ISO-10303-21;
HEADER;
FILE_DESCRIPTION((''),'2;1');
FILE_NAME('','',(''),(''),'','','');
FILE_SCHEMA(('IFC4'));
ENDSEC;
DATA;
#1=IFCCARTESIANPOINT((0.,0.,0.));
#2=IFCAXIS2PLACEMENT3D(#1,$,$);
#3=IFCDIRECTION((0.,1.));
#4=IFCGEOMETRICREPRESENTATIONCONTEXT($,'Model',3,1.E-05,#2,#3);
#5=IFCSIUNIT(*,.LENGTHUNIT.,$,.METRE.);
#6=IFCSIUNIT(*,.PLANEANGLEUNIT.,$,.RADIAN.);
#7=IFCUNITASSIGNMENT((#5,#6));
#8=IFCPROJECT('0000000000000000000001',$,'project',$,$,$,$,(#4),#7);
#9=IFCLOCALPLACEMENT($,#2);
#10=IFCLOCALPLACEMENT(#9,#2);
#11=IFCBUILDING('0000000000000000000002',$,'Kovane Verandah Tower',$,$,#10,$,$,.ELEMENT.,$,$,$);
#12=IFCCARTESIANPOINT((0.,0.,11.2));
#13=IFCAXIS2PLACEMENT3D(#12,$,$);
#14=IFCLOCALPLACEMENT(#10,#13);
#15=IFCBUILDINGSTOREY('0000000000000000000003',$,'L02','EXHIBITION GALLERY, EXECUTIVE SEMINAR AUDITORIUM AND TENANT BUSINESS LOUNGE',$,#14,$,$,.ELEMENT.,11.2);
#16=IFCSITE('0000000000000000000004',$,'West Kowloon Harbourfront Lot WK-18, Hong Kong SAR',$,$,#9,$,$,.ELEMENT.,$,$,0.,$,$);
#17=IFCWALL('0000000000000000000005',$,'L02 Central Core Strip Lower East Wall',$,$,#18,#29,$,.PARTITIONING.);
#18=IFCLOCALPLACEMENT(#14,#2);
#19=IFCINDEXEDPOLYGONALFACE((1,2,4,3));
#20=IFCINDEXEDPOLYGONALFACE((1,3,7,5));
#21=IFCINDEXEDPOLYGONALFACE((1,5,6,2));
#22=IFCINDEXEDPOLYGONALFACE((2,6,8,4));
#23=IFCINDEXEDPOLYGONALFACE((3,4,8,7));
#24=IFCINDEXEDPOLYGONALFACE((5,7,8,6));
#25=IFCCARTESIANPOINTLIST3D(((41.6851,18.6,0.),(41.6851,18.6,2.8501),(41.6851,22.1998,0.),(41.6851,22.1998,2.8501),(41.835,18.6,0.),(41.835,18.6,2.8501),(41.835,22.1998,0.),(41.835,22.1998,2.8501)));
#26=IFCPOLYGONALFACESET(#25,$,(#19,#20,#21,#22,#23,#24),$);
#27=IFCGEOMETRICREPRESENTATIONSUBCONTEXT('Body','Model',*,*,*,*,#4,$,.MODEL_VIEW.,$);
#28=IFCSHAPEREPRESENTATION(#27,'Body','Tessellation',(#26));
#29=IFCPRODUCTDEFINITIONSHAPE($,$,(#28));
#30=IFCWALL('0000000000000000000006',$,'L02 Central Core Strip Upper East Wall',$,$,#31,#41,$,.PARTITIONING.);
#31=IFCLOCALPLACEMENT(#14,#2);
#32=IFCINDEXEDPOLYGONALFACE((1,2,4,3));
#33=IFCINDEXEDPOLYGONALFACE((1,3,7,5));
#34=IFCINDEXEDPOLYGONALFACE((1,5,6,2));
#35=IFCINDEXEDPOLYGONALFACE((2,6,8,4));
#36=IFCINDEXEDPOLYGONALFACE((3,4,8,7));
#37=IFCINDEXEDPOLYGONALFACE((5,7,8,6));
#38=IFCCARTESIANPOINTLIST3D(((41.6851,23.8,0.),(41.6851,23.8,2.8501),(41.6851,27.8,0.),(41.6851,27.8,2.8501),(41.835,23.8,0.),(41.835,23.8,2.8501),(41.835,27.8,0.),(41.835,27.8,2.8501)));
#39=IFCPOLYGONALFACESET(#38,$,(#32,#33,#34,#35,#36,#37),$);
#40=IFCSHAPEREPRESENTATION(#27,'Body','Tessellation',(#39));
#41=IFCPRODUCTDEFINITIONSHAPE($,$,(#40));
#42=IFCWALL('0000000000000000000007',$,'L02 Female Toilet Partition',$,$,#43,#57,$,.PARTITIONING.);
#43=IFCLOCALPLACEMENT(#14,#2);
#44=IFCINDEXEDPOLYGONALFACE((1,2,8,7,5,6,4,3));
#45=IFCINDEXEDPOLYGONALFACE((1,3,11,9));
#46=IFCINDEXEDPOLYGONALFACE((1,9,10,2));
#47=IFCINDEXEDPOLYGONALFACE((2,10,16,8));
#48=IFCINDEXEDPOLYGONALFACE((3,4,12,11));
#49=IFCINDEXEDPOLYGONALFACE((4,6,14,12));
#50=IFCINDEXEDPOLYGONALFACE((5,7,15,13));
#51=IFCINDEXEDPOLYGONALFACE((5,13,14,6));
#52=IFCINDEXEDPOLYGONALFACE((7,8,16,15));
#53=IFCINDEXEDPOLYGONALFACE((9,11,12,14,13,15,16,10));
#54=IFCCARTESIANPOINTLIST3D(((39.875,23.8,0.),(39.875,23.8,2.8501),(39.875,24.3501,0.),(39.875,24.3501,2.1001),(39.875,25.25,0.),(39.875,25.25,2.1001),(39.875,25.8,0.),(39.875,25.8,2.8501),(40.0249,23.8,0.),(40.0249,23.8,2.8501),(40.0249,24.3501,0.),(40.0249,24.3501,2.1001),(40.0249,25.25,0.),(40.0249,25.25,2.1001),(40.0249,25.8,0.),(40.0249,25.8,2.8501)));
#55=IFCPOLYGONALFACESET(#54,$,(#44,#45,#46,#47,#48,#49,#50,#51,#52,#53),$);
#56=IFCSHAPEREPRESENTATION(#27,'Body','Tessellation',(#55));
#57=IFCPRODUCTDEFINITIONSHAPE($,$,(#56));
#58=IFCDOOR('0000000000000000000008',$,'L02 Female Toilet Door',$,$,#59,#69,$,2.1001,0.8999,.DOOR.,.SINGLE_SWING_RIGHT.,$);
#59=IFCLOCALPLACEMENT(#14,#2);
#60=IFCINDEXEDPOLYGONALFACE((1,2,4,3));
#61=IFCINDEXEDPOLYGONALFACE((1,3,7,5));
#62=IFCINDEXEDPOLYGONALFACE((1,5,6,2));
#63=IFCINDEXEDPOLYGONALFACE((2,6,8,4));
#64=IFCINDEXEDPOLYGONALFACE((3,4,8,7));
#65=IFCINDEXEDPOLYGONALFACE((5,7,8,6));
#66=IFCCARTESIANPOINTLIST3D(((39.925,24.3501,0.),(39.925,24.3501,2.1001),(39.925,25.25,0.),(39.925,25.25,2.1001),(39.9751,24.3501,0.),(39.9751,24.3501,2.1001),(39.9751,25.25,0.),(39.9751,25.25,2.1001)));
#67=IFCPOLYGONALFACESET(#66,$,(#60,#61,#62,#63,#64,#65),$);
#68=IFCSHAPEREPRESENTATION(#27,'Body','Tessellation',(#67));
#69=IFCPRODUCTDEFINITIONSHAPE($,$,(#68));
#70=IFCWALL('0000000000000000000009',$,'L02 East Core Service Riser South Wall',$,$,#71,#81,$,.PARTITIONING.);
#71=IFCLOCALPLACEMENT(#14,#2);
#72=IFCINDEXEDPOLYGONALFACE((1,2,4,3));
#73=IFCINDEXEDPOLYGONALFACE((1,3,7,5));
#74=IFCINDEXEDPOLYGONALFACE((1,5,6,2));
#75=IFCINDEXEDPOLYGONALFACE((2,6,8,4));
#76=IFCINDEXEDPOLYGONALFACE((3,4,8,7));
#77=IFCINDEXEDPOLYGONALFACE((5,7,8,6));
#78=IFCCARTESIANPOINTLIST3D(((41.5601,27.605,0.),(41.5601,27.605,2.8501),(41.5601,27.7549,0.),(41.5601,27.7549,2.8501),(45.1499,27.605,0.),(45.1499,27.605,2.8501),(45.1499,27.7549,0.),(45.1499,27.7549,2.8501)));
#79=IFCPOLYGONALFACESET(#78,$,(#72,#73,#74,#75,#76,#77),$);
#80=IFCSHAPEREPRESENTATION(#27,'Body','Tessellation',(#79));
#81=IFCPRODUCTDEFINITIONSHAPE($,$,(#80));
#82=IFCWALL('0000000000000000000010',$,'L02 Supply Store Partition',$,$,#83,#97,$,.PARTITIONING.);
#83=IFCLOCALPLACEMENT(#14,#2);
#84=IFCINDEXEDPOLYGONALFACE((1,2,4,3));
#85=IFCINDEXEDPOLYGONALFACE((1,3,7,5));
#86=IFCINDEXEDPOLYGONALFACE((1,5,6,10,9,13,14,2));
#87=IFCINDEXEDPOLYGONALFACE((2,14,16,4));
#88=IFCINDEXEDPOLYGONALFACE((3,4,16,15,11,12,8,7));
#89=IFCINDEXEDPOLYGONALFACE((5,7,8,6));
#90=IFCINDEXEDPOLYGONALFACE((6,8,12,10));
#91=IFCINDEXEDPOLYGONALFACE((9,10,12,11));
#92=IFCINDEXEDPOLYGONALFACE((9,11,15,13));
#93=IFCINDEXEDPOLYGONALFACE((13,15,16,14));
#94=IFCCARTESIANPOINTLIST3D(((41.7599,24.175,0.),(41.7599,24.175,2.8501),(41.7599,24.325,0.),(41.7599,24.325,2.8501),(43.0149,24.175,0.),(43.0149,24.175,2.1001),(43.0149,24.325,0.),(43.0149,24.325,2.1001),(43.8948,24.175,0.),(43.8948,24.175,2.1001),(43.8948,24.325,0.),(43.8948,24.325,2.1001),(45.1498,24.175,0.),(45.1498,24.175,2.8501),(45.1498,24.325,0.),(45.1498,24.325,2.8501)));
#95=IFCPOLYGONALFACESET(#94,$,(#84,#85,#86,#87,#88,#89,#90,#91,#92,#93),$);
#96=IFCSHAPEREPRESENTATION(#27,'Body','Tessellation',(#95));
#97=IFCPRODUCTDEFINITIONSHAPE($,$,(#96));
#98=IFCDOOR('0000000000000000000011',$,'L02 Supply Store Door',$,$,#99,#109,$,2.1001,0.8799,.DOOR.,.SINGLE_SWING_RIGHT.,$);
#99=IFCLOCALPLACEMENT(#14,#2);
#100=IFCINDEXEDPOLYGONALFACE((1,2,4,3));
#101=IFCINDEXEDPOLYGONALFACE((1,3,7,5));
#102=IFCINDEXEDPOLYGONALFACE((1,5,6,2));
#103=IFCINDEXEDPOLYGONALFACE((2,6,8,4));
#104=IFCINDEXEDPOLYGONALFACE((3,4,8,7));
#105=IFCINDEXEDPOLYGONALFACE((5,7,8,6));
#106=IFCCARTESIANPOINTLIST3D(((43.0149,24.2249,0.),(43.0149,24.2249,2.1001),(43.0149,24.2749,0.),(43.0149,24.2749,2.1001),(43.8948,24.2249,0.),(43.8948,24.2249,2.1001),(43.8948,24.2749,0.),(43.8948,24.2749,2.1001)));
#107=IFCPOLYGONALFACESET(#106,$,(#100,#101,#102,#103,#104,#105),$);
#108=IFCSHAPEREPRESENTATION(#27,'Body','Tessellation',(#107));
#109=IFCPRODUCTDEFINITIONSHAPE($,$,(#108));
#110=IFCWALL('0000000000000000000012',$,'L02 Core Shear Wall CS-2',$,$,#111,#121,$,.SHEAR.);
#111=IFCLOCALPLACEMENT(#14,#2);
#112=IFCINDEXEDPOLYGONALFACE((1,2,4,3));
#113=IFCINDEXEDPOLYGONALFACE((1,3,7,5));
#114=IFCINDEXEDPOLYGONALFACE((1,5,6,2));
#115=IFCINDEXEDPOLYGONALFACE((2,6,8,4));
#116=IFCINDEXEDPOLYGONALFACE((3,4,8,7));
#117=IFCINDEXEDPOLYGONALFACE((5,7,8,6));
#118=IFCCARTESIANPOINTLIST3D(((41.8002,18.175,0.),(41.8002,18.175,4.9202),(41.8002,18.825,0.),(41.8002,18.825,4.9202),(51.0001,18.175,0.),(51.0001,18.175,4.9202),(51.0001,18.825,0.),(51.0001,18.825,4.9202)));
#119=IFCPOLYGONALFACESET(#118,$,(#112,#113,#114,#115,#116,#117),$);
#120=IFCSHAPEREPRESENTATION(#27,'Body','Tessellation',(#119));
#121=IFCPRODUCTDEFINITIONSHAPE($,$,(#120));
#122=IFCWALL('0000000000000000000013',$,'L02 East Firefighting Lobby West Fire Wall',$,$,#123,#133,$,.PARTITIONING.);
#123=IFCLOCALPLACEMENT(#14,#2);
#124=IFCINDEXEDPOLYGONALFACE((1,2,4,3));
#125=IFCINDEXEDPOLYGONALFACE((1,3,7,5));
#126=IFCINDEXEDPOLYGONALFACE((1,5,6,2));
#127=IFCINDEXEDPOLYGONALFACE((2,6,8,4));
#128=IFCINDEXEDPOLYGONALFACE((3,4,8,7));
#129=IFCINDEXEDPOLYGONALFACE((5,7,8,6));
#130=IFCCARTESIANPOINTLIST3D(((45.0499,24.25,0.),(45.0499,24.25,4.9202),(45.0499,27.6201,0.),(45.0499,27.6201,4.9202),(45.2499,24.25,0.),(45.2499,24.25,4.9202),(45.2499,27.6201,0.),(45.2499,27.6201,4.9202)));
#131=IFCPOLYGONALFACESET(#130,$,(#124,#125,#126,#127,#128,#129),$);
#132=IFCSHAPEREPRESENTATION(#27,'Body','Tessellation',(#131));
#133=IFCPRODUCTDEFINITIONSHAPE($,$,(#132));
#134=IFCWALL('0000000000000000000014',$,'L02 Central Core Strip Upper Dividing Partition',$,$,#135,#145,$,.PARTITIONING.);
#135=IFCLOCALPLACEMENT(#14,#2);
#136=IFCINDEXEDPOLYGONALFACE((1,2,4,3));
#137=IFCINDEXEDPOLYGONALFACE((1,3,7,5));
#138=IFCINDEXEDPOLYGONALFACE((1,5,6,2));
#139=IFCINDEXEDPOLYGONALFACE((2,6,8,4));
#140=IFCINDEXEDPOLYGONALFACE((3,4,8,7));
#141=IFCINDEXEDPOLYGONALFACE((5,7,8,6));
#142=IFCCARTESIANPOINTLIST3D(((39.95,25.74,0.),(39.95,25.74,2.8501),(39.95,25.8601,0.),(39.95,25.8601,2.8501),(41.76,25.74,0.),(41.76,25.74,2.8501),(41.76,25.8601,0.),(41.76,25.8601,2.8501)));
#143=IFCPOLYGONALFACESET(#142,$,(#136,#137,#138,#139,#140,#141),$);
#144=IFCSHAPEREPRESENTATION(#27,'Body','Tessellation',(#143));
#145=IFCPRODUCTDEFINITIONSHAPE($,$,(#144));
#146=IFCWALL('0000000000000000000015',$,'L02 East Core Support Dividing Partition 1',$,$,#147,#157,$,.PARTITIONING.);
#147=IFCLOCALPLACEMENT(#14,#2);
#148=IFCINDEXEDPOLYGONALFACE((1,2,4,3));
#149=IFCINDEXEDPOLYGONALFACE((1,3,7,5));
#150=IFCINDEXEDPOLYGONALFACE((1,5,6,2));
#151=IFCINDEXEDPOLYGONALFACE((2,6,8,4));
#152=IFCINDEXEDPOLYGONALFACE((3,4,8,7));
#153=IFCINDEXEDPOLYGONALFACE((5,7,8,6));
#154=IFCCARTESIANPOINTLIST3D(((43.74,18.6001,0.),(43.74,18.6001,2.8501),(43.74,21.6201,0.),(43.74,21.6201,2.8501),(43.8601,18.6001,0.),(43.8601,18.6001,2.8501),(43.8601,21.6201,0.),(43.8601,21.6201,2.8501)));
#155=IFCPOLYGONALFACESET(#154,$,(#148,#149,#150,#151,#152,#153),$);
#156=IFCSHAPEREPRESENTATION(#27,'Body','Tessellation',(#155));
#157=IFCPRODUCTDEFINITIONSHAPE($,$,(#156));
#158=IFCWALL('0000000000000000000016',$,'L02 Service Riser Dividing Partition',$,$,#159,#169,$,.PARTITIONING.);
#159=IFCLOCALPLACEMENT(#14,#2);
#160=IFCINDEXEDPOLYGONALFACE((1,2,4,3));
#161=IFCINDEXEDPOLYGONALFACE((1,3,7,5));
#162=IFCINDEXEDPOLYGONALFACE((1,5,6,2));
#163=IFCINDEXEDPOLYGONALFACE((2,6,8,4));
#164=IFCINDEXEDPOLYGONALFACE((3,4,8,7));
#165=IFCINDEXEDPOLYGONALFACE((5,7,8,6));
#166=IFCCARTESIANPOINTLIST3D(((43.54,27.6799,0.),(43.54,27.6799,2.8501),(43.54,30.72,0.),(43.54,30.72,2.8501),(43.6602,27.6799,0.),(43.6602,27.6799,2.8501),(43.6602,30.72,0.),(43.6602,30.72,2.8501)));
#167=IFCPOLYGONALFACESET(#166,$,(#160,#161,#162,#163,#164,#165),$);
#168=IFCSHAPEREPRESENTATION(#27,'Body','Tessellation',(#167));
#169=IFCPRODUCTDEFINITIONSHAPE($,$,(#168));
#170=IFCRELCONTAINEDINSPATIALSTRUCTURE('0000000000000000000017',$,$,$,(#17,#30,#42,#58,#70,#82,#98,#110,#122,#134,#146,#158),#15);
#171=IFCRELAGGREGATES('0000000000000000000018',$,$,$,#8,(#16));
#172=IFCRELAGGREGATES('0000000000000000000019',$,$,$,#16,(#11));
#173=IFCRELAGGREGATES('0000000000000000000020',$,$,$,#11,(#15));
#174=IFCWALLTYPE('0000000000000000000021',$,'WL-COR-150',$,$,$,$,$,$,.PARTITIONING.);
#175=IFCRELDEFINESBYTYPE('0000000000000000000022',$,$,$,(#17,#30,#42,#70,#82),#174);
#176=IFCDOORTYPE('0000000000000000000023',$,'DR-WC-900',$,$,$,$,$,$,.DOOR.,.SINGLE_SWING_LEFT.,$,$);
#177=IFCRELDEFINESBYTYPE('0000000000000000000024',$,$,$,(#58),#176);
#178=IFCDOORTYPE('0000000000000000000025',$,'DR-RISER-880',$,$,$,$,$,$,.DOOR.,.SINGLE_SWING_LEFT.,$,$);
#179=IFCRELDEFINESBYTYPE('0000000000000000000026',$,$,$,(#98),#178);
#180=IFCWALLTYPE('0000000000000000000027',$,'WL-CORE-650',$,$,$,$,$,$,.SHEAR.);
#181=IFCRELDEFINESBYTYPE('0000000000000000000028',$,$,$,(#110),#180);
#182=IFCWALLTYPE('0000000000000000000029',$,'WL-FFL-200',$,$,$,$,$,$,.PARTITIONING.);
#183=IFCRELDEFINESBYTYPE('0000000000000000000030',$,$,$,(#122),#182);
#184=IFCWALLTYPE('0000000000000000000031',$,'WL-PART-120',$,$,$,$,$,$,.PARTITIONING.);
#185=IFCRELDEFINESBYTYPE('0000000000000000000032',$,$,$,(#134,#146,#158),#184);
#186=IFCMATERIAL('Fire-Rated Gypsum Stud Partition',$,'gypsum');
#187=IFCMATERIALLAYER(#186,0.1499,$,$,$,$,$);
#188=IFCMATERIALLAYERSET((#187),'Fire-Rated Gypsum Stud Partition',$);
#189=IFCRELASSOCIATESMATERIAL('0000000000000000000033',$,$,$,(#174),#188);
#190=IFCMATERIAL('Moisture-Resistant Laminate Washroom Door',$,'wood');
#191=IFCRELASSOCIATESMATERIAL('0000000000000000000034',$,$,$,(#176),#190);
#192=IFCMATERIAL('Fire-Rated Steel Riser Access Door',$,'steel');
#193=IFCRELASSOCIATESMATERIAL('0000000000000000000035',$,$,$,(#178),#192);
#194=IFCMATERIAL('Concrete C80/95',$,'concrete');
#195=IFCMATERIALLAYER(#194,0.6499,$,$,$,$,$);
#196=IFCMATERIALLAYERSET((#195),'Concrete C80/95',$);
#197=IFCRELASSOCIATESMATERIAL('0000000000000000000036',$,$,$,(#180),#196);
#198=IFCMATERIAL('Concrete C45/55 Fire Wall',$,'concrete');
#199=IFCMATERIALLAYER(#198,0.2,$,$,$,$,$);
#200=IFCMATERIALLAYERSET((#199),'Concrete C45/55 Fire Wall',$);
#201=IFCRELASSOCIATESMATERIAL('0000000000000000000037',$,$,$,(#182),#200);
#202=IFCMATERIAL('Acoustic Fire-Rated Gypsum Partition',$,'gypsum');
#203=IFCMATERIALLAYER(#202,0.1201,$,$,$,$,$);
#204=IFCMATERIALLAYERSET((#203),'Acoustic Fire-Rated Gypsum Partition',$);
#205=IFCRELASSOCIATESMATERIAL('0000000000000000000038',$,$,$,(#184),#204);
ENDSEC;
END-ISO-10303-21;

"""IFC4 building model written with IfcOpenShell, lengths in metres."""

from ifc_helpers import new_model, si_unit, direction, frame, frame_2d, origin, place, context, subcontext, project, spatial, rectangle, extrude, material, layer, layer_set, type_object, element, fill, save


model = new_model("IFC4")

# Units and contexts
model_context = context("Model", 3, precision=1e-05, world=origin(), true_north=direction((0.0, 1.0)))
body_context = subcontext(model_context, "Body", "Model", "MODEL_VIEW")
ifc_project = project(units=[si_unit("LENGTHUNIT", "METRE"), si_unit("PLANEANGLEUNIT", "RADIAN")], contexts=[model_context])

# Site, building, storey
site_placement = place(None, origin())
site = spatial("IfcSite", under=ifc_project, at=site_placement, Name="West Kowloon Harbourfront Lot WK-18, Hong Kong SAR", CompositionType="ELEMENT", RefElevation=0.0)
building_placement = place(site_placement, origin())
building = spatial("IfcBuilding", under=site, at=building_placement, Name="Kovane Verandah Tower", CompositionType="ELEMENT")
storey_placement = place(building_placement, frame((0.0, 0.0, 11.2)))
storey = spatial("IfcBuildingStorey", under=building, at=storey_placement, Name="L02", Description="EXHIBITION GALLERY, EXECUTIVE SEMINAR AUDITORIUM AND TENANT BUSINESS LOUNGE", CompositionType="ELEMENT", Elevation=11.2)

# Walls
ifc_material_1 = material(Name="Fire-Rated Gypsum Stud Partition", Category="gypsum")
ifc_layer_1 = layer(ifc_material_1, 0.1499)
ifc_layer_set_1 = layer_set([ifc_layer_1], Name="Fire-Rated Gypsum Stud Partition")
wall_type_1 = type_object("IfcWallType", Name="WL-COR-150", PredefinedType="PARTITIONING", material=ifc_layer_set_1)
wall_1_placement = place(storey_placement, frame((41.76, 18.6001, 0.0), z_axis=(0.0, 0.0, 1.0), x_axis=(0.0, 1.0, 0.0)))
element("IfcWall", 1, at=wall_1_placement, inside=storey, type_object=wall_type_1, Name="L02 Central Core Strip Lower East Wall", PredefinedType="PARTITIONING", context=body_context, shape_type="SweptSolid", body=[
    extrude(rectangle(XDim=3.5999, YDim=0.1499, at=frame_2d((1.7998, 0.0))), origin(), (0.0, 0.0, 1.0), 2.8501),
])
wall_2_placement = place(storey_placement, frame((41.76, 23.8, 0.0), z_axis=(0.0, 0.0, 1.0), x_axis=(0.0, 1.0, 0.0)))
element("IfcWall", 2, at=wall_2_placement, inside=storey, type_object=wall_type_1, Name="L02 Central Core Strip Upper East Wall", PredefinedType="PARTITIONING", context=body_context, shape_type="SweptSolid", body=[
    extrude(rectangle(XDim=4.0, YDim=0.1499, at=frame_2d((2.0, 0.0))), origin(), (0.0, 0.0, 1.0), 2.8501),
])

# Wall, opening, door
wall_3_placement = place(storey_placement, frame((39.95, 23.8, 0.0), z_axis=(0.0, 0.0, 1.0), x_axis=(0.0, 1.0, 0.0)))
wall_3 = element("IfcWall", 3, at=wall_3_placement, inside=storey, type_object=wall_type_1, Name="L02 Female Toilet Partition", PredefinedType="PARTITIONING", context=body_context, shape_type="SweptSolid", body=[
    extrude(rectangle(XDim=2.0, YDim=0.1499, at=frame_2d((1.0, 0.0))), origin(), (0.0, 0.0, 1.0), 2.8501),
])
opening_1_placement = place(wall_3_placement, frame((0.55, 0.0, 0.0)))
opening_1 = element("IfcOpeningElement", 4, at=opening_1_placement, cuts=wall_3, PredefinedType="OPENING", context=body_context, shape_type="SweptSolid", body=[
    extrude(rectangle(XDim=0.8999, YDim=2.1001, at=frame_2d((0.45, 1.05))), frame((0.0, 0.075, 0.0), z_axis=(0.0, -1.0, 0.0), x_axis=(1.0, 0.0, 0.0)), (0.0, 0.0, 1.0), 0.1499),
])
ifc_material_2 = material(Name="Moisture-Resistant Laminate Washroom Door", Category="wood")
door_type_1 = type_object("IfcDoorType", Name="DR-WC-900", OperationType="SINGLE_SWING_LEFT", PredefinedType="DOOR", material=ifc_material_2)
door_1_placement = place(opening_1_placement, origin())
door_1 = element("IfcDoor", 5, at=door_1_placement, inside=storey, type_object=door_type_1, Name="L02 Female Toilet Door", OperationType="SINGLE_SWING_RIGHT", OverallHeight=2.1001, OverallWidth=0.8999, PredefinedType="DOOR", context=body_context, shape_type="SweptSolid", body=[
    extrude(rectangle(XDim=0.8999, YDim=2.1001, at=frame_2d((0.45, 1.05))), frame((0.0, 0.0249, 0.0), z_axis=(0.0, -1.0, 0.0), x_axis=(1.0, 0.0, 0.0)), (0.0, 0.0, 1.0), 0.05),
])
fill(opening_1, door_1)

# Wall
wall_4_placement = place(storey_placement, frame((41.5601, 27.6799, 0.0), z_axis=(0.0, 0.0, 1.0), x_axis=(1.0, 0.0, 0.0)))
element("IfcWall", 6, at=wall_4_placement, inside=storey, type_object=wall_type_1, Name="L02 East Core Service Riser South Wall", PredefinedType="PARTITIONING", context=body_context, shape_type="SweptSolid", body=[
    extrude(rectangle(XDim=3.5898, YDim=0.1499, at=frame_2d((1.7949, 0.0))), origin(), (0.0, 0.0, 1.0), 2.8501),
])

# Wall, opening, door
wall_5_placement = place(storey_placement, frame((41.76, 24.25, 0.0), z_axis=(0.0, 0.0, 1.0), x_axis=(1.0, 0.0, 0.0)))
wall_5 = element("IfcWall", 7, at=wall_5_placement, inside=storey, type_object=wall_type_1, Name="L02 Supply Store Partition", PredefinedType="PARTITIONING", context=body_context, shape_type="SweptSolid", body=[
    extrude(rectangle(XDim=3.3899, YDim=0.1499, at=frame_2d((1.6948, 0.0))), origin(), (0.0, 0.0, 1.0), 2.8501),
])
opening_2_placement = place(wall_5_placement, frame((1.2549, 0.0, 0.0)))
opening_2 = element("IfcOpeningElement", 8, at=opening_2_placement, cuts=wall_5, PredefinedType="OPENING", context=body_context, shape_type="SweptSolid", body=[
    extrude(rectangle(XDim=0.8799, YDim=2.1001, at=frame_2d((0.4399, 1.05))), frame((0.0, 0.075, 0.0), z_axis=(0.0, -1.0, 0.0), x_axis=(1.0, 0.0, 0.0)), (0.0, 0.0, 1.0), 0.1499),
])
ifc_material_3 = material(Name="Fire-Rated Steel Riser Access Door", Category="steel")
door_type_2 = type_object("IfcDoorType", Name="DR-RISER-880", OperationType="SINGLE_SWING_LEFT", PredefinedType="DOOR", material=ifc_material_3)
door_2_placement = place(opening_2_placement, origin())
door_2 = element("IfcDoor", 9, at=door_2_placement, inside=storey, type_object=door_type_2, Name="L02 Supply Store Door", OperationType="SINGLE_SWING_RIGHT", OverallHeight=2.1001, OverallWidth=0.8799, PredefinedType="DOOR", context=body_context, shape_type="SweptSolid", body=[
    extrude(rectangle(XDim=0.8799, YDim=2.1001, at=frame_2d((0.4399, 1.05))), frame((0.0, 0.0249, 0.0), z_axis=(0.0, -1.0, 0.0), x_axis=(1.0, 0.0, 0.0)), (0.0, 0.0, 1.0), 0.05),
])
fill(opening_2, door_2)

# Walls
ifc_material_4 = material(Name="Concrete C80/95", Category="concrete")
ifc_layer_2 = layer(ifc_material_4, 0.6499)
ifc_layer_set_2 = layer_set([ifc_layer_2], Name="Concrete C80/95")
wall_type_2 = type_object("IfcWallType", Name="WL-CORE-650", PredefinedType="SHEAR", material=ifc_layer_set_2)
wall_6_placement = place(storey_placement, frame((41.8, 18.5, 0.0), z_axis=(0.0, 0.0, 1.0), x_axis=(1.0, 0.0, 0.0)))
element("IfcWall", 10, at=wall_6_placement, inside=storey, type_object=wall_type_2, Name="L02 Core Shear Wall CS-2", PredefinedType="SHEAR", context=body_context, shape_type="SweptSolid", body=[
    extrude(rectangle(XDim=9.2, YDim=0.6499, at=frame_2d((4.6001, 0.0))), origin(), (0.0, 0.0, 1.0), 4.9202),
])
ifc_material_5 = material(Name="Concrete C45/55 Fire Wall", Category="concrete")
ifc_layer_3 = layer(ifc_material_5, 0.2)
ifc_layer_set_3 = layer_set([ifc_layer_3], Name="Concrete C45/55 Fire Wall")
wall_type_3 = type_object("IfcWallType", Name="WL-FFL-200", PredefinedType="PARTITIONING", material=ifc_layer_set_3)
wall_7_placement = place(storey_placement, frame((45.1499, 24.25, 0.0), z_axis=(0.0, 0.0, 1.0), x_axis=(0.0, 1.0, 0.0)))
element("IfcWall", 11, at=wall_7_placement, inside=storey, type_object=wall_type_3, Name="L02 East Firefighting Lobby West Fire Wall", PredefinedType="PARTITIONING", context=body_context, shape_type="SweptSolid", body=[
    extrude(rectangle(XDim=3.3701, YDim=0.2, at=frame_2d((1.6851, 0.0))), origin(), (0.0, 0.0, 1.0), 4.9202),
])

# Walls
ifc_material_6 = material(Name="Acoustic Fire-Rated Gypsum Partition", Category="gypsum")
ifc_layer_4 = layer(ifc_material_6, 0.1201)
ifc_layer_set_4 = layer_set([ifc_layer_4], Name="Acoustic Fire-Rated Gypsum Partition")
wall_type_4 = type_object("IfcWallType", Name="WL-PART-120", PredefinedType="PARTITIONING", material=ifc_layer_set_4)
wall_8_placement = place(storey_placement, frame((39.95, 25.8, 0.0), z_axis=(0.0, 0.0, 1.0), x_axis=(1.0, 0.0, 0.0)))
element("IfcWall", 12, at=wall_8_placement, inside=storey, type_object=wall_type_4, Name="L02 Central Core Strip Upper Dividing Partition", PredefinedType="PARTITIONING", context=body_context, shape_type="SweptSolid", body=[
    extrude(rectangle(XDim=1.8101, YDim=0.1201, at=frame_2d((0.905, 0.0))), origin(), (0.0, 0.0, 1.0), 2.8501),
])
wall_9_placement = place(storey_placement, frame((43.8, 18.6001, 0.0), z_axis=(0.0, 0.0, 1.0), x_axis=(0.0, 1.0, 0.0)))
element("IfcWall", 13, at=wall_9_placement, inside=storey, type_object=wall_type_4, Name="L02 East Core Support Dividing Partition 1", PredefinedType="PARTITIONING", context=body_context, shape_type="SweptSolid", body=[
    extrude(rectangle(XDim=3.02, YDim=0.1201, at=frame_2d((1.51, 0.0))), origin(), (0.0, 0.0, 1.0), 2.8501),
])
wall_10_placement = place(storey_placement, frame((43.6001, 27.6799, 0.0), z_axis=(0.0, 0.0, 1.0), x_axis=(0.0, 1.0, 0.0)))
element("IfcWall", 14, at=wall_10_placement, inside=storey, type_object=wall_type_4, Name="L02 Service Riser Dividing Partition", PredefinedType="PARTITIONING", context=body_context, shape_type="SweptSolid", body=[
    extrude(rectangle(XDim=3.04, YDim=0.1201, at=frame_2d((1.52, 0.0))), origin(), (0.0, 0.0, 1.0), 2.8501),
])

save(model, "model.ifc")
